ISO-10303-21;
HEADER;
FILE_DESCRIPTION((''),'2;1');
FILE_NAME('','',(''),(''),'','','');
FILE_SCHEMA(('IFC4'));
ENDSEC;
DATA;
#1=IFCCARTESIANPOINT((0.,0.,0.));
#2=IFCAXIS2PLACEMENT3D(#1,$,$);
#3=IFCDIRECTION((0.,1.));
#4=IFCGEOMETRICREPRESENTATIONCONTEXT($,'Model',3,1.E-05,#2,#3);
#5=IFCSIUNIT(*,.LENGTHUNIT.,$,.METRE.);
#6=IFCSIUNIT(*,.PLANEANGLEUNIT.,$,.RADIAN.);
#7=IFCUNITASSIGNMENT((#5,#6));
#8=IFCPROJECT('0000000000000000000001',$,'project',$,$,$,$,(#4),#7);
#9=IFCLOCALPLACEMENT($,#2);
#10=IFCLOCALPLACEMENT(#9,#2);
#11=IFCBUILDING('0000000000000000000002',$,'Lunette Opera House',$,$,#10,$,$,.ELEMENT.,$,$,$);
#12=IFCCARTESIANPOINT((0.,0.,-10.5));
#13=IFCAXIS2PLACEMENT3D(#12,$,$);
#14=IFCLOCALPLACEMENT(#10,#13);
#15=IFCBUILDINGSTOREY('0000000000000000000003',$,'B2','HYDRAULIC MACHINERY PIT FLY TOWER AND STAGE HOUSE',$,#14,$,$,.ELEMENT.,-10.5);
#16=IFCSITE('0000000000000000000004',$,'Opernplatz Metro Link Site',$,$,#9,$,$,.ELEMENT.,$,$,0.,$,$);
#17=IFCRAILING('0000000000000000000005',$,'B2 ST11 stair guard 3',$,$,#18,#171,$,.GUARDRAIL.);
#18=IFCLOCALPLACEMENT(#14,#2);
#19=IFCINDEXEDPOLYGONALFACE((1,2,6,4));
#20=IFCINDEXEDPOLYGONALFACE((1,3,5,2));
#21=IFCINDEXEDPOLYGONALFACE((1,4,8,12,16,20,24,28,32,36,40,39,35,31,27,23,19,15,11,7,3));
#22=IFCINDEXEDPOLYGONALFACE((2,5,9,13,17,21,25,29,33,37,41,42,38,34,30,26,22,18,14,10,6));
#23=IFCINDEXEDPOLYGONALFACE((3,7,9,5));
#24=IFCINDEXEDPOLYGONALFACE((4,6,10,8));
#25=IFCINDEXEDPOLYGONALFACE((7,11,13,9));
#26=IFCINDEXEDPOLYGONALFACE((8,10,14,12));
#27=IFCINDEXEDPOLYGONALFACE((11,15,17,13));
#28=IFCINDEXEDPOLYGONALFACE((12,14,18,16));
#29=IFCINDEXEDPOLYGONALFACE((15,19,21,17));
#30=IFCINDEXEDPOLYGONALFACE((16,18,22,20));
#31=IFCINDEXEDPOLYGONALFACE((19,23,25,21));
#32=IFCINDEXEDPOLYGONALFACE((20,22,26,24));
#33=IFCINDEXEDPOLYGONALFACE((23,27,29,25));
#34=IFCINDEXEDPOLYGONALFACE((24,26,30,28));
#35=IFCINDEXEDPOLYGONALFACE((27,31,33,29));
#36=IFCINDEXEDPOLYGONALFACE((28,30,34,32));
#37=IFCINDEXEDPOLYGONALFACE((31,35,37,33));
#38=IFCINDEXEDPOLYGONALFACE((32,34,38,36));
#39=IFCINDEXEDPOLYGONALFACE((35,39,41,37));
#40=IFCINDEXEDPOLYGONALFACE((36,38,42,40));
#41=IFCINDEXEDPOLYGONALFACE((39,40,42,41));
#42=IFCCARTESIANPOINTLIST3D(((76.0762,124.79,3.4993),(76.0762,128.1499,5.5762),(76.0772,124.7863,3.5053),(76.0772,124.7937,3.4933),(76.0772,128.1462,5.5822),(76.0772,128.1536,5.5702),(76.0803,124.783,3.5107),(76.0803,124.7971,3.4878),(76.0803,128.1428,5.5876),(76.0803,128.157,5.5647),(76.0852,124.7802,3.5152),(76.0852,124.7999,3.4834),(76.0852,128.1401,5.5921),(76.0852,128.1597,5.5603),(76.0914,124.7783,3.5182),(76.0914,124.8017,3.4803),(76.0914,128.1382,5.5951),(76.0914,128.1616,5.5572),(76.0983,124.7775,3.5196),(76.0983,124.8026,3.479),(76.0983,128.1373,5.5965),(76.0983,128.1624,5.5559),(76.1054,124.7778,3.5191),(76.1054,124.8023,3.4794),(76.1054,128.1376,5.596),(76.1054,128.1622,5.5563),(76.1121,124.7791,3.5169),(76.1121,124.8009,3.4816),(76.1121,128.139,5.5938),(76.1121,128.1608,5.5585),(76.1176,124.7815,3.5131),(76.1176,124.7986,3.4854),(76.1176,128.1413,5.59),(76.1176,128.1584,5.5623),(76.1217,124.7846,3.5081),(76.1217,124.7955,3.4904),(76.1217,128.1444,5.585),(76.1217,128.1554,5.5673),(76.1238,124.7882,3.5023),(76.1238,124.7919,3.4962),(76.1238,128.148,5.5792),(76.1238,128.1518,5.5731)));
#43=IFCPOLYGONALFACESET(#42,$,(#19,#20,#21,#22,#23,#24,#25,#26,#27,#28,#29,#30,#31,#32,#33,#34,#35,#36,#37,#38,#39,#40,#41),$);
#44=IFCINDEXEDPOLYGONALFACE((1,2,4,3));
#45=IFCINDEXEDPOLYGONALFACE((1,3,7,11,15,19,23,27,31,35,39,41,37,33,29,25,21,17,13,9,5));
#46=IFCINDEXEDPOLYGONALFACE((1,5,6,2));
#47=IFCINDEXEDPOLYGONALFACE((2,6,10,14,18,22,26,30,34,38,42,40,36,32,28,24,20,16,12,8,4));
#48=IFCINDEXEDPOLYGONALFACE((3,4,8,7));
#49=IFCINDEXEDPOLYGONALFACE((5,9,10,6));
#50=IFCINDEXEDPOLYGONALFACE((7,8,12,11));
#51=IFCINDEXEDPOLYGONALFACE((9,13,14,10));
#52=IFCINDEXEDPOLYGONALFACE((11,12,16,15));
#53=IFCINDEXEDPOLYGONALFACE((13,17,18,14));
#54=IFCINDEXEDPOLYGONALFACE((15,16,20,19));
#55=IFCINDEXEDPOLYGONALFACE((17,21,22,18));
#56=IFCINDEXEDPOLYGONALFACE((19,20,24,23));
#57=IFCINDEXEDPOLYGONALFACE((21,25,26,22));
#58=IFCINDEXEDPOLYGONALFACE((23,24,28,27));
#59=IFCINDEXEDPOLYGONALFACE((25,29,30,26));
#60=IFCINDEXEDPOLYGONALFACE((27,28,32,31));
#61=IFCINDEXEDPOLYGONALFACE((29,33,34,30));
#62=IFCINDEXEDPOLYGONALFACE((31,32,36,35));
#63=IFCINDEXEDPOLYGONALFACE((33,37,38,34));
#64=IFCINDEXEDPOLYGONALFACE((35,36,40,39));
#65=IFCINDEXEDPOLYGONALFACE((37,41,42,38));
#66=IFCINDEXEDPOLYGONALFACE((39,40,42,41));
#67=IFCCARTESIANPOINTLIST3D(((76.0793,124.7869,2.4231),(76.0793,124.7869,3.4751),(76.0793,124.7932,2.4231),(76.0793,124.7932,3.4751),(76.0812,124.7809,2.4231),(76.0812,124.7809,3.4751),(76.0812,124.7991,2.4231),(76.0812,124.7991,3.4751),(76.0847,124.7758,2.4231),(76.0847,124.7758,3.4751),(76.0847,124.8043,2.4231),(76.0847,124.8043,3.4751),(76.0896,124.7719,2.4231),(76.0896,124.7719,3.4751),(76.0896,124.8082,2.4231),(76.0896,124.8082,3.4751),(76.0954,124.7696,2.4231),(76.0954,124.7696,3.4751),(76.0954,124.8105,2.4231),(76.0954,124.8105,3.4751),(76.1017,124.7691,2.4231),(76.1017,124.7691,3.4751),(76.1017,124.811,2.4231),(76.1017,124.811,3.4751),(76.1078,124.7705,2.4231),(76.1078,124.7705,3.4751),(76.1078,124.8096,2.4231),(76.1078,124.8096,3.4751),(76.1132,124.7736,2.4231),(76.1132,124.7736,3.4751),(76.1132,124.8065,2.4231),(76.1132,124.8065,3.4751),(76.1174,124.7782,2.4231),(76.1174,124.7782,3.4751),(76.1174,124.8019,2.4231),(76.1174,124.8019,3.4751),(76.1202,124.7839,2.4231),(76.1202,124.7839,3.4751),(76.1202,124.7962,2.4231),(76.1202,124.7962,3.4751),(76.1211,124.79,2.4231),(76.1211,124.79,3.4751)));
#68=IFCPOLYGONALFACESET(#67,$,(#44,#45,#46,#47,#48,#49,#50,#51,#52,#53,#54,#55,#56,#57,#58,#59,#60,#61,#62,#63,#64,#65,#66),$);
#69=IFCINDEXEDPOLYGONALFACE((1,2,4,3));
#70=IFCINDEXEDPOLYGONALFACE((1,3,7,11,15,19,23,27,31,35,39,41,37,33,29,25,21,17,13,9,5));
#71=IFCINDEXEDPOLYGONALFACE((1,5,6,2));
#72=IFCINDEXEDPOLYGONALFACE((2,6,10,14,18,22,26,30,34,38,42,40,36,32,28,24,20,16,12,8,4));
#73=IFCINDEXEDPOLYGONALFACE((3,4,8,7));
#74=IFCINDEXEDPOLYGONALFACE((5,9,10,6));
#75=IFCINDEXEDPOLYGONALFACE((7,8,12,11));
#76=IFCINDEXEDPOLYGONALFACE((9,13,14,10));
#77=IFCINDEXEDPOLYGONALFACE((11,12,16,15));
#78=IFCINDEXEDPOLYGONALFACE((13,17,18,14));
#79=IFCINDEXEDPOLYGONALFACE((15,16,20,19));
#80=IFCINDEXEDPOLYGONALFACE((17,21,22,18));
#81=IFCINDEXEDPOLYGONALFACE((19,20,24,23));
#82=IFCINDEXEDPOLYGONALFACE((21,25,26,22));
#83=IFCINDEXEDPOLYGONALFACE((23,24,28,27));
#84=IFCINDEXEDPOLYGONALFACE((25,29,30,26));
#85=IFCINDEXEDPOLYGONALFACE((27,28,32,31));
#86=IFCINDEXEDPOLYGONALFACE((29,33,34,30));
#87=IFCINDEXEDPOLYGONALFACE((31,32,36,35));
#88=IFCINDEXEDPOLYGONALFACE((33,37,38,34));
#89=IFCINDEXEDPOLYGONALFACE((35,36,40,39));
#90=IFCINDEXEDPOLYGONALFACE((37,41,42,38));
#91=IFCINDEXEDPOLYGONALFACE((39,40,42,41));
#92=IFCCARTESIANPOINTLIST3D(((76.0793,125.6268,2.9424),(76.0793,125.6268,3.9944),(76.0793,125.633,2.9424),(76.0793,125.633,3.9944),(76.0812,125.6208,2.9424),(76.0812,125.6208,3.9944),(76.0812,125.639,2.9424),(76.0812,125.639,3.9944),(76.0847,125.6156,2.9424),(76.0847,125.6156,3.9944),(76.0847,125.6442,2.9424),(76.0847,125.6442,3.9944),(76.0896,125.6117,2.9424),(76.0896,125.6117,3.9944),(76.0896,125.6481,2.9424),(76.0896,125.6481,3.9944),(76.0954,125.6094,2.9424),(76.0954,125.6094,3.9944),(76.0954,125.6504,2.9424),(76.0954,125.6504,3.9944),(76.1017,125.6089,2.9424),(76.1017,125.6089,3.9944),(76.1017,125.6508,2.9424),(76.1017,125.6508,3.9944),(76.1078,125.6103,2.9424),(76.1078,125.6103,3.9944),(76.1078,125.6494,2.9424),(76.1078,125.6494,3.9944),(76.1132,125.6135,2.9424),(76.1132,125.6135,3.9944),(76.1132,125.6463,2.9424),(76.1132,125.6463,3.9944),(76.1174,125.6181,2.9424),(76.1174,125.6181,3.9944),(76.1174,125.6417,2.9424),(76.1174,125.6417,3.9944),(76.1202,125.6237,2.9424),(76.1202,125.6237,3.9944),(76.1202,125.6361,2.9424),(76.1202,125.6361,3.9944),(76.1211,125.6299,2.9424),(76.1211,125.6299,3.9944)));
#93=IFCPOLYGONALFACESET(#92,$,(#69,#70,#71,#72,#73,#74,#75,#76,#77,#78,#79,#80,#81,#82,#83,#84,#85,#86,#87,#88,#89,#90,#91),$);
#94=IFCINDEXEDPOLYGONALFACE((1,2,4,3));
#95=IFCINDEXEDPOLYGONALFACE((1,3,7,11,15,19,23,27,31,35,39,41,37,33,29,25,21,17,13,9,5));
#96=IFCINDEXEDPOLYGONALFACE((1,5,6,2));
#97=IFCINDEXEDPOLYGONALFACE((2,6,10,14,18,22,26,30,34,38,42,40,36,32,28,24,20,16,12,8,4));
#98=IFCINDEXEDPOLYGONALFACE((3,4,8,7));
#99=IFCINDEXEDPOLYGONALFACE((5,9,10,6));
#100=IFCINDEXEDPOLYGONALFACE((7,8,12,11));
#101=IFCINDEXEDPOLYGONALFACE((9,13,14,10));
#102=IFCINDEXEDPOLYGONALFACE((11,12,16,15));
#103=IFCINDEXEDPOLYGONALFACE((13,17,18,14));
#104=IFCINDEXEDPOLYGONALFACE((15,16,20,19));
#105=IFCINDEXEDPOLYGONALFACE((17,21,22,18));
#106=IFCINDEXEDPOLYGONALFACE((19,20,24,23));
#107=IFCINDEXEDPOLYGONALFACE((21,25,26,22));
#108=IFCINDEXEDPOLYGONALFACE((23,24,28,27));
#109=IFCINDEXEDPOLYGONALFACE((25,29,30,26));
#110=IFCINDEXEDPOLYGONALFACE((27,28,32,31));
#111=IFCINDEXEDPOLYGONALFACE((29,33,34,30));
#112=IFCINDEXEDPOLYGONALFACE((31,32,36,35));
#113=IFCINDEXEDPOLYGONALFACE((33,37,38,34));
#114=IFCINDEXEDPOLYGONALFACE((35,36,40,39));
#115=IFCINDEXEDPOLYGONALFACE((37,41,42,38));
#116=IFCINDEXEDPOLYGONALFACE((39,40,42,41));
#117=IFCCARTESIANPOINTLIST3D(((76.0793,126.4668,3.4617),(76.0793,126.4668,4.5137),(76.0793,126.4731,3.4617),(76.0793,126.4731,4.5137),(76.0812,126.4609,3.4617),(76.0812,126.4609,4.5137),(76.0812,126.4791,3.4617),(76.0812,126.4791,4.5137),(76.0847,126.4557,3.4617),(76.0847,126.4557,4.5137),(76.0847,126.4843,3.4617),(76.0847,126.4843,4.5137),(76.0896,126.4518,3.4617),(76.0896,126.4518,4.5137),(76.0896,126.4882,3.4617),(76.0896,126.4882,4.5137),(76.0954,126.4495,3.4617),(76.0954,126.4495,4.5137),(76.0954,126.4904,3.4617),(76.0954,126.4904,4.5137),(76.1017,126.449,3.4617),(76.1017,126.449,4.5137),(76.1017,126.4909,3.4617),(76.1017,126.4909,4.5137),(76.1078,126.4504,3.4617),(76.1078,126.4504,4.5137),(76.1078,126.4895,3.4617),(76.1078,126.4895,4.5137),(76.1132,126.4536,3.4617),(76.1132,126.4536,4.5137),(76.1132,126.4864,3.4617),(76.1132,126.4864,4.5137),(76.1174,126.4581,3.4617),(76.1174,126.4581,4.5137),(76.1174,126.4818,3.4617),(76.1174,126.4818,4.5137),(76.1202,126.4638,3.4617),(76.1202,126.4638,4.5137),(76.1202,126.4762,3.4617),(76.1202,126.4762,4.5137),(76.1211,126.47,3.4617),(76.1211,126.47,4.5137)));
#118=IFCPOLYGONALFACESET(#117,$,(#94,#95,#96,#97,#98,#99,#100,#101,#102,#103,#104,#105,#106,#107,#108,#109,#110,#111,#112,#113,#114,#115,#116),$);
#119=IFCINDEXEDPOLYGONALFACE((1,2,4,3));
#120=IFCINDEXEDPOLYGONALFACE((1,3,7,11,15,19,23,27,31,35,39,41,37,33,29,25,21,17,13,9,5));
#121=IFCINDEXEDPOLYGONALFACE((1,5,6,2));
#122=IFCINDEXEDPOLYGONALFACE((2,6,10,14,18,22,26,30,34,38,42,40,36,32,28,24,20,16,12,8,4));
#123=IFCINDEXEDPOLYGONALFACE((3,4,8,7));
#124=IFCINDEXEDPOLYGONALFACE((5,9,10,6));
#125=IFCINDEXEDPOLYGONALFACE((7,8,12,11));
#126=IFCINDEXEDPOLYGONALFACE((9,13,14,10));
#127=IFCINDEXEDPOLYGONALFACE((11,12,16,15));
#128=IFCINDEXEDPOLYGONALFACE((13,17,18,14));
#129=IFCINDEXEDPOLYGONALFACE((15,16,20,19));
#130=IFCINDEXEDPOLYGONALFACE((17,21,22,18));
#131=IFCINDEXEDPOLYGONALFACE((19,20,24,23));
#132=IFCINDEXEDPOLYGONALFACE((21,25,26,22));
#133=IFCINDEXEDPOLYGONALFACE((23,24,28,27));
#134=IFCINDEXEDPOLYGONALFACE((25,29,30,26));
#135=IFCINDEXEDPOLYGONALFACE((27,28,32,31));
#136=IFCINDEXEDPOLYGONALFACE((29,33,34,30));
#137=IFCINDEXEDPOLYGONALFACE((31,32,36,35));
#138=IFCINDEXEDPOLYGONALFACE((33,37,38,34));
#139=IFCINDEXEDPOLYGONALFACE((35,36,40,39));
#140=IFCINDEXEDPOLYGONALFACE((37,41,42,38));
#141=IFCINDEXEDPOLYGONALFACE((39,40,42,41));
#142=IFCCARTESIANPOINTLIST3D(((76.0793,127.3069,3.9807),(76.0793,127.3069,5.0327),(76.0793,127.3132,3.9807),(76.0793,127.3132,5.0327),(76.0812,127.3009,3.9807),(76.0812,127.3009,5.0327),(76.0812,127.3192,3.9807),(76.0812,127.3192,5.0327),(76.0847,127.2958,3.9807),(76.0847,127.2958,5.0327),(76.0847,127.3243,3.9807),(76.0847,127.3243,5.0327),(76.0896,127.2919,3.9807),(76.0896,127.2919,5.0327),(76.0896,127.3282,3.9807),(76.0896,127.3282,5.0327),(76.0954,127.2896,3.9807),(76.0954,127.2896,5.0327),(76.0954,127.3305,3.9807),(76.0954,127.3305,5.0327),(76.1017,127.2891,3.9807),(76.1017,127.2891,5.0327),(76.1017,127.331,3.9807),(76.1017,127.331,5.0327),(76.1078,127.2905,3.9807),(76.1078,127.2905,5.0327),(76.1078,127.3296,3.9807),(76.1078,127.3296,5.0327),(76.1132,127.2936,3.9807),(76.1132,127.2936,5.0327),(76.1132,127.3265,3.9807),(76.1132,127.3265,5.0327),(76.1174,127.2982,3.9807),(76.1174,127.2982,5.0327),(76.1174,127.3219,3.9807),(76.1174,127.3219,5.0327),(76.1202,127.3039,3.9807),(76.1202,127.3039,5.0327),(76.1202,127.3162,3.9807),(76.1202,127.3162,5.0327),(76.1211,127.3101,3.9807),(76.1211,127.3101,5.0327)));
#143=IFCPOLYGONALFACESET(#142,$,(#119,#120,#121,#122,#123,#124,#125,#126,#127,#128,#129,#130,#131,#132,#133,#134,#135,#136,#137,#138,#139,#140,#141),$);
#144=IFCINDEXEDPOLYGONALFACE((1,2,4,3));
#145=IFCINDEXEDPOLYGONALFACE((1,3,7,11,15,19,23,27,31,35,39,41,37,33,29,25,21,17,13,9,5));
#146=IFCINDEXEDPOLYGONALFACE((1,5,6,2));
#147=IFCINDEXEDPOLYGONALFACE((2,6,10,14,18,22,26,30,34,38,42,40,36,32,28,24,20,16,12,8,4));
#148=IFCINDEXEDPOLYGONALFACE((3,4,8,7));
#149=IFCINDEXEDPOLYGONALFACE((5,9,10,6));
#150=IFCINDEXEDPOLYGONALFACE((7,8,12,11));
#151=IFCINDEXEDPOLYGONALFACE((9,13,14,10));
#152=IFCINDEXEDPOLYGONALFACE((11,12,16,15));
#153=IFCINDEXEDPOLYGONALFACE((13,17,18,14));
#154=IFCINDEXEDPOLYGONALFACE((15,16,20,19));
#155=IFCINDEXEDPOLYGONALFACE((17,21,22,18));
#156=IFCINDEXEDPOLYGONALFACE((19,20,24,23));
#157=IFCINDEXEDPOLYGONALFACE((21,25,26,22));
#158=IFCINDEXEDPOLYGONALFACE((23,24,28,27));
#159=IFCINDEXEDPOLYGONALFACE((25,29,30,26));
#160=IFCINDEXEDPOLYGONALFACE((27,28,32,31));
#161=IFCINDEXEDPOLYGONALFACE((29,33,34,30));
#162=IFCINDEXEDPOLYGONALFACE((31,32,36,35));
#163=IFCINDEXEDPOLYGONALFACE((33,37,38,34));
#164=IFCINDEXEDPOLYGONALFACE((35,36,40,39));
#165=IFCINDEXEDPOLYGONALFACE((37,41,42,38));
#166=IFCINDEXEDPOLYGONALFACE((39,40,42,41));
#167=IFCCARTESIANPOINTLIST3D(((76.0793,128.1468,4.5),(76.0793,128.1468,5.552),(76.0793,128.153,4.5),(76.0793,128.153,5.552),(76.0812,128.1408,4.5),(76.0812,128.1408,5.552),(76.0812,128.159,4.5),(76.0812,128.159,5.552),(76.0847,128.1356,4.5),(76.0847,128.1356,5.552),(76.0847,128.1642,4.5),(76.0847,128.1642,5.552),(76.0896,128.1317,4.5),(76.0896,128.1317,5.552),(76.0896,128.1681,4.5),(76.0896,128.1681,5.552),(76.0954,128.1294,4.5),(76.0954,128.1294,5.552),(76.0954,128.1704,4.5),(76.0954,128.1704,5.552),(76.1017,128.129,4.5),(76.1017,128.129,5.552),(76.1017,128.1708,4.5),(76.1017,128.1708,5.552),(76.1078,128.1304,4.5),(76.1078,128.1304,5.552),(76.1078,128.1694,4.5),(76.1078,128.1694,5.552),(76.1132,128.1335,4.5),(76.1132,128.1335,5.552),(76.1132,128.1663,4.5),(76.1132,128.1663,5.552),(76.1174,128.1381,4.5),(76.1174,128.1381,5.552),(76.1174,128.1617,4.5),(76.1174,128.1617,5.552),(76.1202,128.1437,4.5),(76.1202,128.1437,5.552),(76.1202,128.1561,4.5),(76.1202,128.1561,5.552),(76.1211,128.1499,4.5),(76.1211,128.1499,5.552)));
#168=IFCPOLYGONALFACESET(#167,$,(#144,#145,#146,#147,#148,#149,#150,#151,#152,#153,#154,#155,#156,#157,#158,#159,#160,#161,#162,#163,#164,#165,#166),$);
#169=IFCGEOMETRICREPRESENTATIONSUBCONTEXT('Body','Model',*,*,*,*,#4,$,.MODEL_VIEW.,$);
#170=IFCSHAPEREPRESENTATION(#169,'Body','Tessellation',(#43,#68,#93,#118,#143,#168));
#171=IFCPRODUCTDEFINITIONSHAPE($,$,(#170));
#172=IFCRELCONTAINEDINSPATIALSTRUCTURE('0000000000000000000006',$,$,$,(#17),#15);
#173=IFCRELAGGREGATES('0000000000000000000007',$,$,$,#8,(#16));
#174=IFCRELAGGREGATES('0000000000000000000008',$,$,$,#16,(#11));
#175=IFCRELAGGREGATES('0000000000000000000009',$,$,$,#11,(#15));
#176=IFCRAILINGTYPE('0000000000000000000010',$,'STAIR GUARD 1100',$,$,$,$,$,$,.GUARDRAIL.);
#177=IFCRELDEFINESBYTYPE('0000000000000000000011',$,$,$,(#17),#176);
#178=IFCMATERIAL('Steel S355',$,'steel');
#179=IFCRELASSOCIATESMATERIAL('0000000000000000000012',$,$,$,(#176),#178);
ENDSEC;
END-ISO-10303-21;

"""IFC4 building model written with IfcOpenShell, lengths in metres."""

from ifc_helpers import new_model, si_unit, direction, frame, origin, origin_2d, place, context, subcontext, project, spatial, circle, extrude, material, type_object, element, save


model = new_model("IFC4")

# Units and contexts
model_context = context("Model", 3, precision=1e-05, world=origin(), true_north=direction((0.0, 1.0)))
body_context = subcontext(model_context, "Body", "Model", "MODEL_VIEW")
ifc_project = project(units=[si_unit("LENGTHUNIT", "METRE"), si_unit("PLANEANGLEUNIT", "RADIAN")], contexts=[model_context])

# Site, building, storey
site_placement = place(None, origin())
site = spatial("IfcSite", under=ifc_project, at=site_placement, Name="Opernplatz Metro Link Site", CompositionType="ELEMENT", RefElevation=0.0)
building_placement = place(site_placement, origin())
building = spatial("IfcBuilding", under=site, at=building_placement, Name="Lunette Opera House", CompositionType="ELEMENT")
storey_placement = place(building_placement, frame((0.0, 0.0, -10.5)))
storey = spatial("IfcBuildingStorey", under=building, at=storey_placement, Name="B2", Description="HYDRAULIC MACHINERY PIT FLY TOWER AND STAGE HOUSE", CompositionType="ELEMENT", Elevation=-10.5)

# Railing
ifc_material_1 = material(Name="Steel S355", Category="steel")
railing_type_1 = type_object("IfcRailingType", Name="STAIR GUARD 1100", PredefinedType="GUARDRAIL", material=ifc_material_1)
railing_1_placement = place(storey_placement, frame((76.1001, 124.79, 2.4231)))
element("IfcRailing", 1, at=railing_1_placement, inside=storey, type_object=railing_type_1, Name="B2 ST11 stair guard 3", PredefinedType="GUARDRAIL", context=body_context, shape_type="SweptSolid", body=[
    extrude(circle(Radius=0.0239, at=origin_2d()), frame((0.0, 0.0, 1.0762), z_axis=(0.0, 0.850606, 0.525803), x_axis=(-1.0, 0.0, 0.0)), (0.0, 0.0, 1.0), 3.95),
    extrude(circle(Radius=0.021, at=origin_2d()), origin(), (0.0, 0.0, 1.0), 1.052),
    extrude(circle(Radius=0.021, at=origin_2d()), frame((0.0, 0.8398, 0.5193)), (0.0, 0.0, 1.0), 1.052),
    extrude(circle(Radius=0.021, at=origin_2d()), frame((0.0, 1.6799, 1.0386)), (0.0, 0.0, 1.0), 1.052),
    extrude(circle(Radius=0.021, at=origin_2d()), frame((0.0, 2.52, 1.5576)), (0.0, 0.0, 1.0), 1.052),
    extrude(circle(Radius=0.021, at=origin_2d()), frame((0.0, 3.3599, 2.0769)), (0.0, 0.0, 1.0), 1.052),
])

save(model, "model.ifc")
